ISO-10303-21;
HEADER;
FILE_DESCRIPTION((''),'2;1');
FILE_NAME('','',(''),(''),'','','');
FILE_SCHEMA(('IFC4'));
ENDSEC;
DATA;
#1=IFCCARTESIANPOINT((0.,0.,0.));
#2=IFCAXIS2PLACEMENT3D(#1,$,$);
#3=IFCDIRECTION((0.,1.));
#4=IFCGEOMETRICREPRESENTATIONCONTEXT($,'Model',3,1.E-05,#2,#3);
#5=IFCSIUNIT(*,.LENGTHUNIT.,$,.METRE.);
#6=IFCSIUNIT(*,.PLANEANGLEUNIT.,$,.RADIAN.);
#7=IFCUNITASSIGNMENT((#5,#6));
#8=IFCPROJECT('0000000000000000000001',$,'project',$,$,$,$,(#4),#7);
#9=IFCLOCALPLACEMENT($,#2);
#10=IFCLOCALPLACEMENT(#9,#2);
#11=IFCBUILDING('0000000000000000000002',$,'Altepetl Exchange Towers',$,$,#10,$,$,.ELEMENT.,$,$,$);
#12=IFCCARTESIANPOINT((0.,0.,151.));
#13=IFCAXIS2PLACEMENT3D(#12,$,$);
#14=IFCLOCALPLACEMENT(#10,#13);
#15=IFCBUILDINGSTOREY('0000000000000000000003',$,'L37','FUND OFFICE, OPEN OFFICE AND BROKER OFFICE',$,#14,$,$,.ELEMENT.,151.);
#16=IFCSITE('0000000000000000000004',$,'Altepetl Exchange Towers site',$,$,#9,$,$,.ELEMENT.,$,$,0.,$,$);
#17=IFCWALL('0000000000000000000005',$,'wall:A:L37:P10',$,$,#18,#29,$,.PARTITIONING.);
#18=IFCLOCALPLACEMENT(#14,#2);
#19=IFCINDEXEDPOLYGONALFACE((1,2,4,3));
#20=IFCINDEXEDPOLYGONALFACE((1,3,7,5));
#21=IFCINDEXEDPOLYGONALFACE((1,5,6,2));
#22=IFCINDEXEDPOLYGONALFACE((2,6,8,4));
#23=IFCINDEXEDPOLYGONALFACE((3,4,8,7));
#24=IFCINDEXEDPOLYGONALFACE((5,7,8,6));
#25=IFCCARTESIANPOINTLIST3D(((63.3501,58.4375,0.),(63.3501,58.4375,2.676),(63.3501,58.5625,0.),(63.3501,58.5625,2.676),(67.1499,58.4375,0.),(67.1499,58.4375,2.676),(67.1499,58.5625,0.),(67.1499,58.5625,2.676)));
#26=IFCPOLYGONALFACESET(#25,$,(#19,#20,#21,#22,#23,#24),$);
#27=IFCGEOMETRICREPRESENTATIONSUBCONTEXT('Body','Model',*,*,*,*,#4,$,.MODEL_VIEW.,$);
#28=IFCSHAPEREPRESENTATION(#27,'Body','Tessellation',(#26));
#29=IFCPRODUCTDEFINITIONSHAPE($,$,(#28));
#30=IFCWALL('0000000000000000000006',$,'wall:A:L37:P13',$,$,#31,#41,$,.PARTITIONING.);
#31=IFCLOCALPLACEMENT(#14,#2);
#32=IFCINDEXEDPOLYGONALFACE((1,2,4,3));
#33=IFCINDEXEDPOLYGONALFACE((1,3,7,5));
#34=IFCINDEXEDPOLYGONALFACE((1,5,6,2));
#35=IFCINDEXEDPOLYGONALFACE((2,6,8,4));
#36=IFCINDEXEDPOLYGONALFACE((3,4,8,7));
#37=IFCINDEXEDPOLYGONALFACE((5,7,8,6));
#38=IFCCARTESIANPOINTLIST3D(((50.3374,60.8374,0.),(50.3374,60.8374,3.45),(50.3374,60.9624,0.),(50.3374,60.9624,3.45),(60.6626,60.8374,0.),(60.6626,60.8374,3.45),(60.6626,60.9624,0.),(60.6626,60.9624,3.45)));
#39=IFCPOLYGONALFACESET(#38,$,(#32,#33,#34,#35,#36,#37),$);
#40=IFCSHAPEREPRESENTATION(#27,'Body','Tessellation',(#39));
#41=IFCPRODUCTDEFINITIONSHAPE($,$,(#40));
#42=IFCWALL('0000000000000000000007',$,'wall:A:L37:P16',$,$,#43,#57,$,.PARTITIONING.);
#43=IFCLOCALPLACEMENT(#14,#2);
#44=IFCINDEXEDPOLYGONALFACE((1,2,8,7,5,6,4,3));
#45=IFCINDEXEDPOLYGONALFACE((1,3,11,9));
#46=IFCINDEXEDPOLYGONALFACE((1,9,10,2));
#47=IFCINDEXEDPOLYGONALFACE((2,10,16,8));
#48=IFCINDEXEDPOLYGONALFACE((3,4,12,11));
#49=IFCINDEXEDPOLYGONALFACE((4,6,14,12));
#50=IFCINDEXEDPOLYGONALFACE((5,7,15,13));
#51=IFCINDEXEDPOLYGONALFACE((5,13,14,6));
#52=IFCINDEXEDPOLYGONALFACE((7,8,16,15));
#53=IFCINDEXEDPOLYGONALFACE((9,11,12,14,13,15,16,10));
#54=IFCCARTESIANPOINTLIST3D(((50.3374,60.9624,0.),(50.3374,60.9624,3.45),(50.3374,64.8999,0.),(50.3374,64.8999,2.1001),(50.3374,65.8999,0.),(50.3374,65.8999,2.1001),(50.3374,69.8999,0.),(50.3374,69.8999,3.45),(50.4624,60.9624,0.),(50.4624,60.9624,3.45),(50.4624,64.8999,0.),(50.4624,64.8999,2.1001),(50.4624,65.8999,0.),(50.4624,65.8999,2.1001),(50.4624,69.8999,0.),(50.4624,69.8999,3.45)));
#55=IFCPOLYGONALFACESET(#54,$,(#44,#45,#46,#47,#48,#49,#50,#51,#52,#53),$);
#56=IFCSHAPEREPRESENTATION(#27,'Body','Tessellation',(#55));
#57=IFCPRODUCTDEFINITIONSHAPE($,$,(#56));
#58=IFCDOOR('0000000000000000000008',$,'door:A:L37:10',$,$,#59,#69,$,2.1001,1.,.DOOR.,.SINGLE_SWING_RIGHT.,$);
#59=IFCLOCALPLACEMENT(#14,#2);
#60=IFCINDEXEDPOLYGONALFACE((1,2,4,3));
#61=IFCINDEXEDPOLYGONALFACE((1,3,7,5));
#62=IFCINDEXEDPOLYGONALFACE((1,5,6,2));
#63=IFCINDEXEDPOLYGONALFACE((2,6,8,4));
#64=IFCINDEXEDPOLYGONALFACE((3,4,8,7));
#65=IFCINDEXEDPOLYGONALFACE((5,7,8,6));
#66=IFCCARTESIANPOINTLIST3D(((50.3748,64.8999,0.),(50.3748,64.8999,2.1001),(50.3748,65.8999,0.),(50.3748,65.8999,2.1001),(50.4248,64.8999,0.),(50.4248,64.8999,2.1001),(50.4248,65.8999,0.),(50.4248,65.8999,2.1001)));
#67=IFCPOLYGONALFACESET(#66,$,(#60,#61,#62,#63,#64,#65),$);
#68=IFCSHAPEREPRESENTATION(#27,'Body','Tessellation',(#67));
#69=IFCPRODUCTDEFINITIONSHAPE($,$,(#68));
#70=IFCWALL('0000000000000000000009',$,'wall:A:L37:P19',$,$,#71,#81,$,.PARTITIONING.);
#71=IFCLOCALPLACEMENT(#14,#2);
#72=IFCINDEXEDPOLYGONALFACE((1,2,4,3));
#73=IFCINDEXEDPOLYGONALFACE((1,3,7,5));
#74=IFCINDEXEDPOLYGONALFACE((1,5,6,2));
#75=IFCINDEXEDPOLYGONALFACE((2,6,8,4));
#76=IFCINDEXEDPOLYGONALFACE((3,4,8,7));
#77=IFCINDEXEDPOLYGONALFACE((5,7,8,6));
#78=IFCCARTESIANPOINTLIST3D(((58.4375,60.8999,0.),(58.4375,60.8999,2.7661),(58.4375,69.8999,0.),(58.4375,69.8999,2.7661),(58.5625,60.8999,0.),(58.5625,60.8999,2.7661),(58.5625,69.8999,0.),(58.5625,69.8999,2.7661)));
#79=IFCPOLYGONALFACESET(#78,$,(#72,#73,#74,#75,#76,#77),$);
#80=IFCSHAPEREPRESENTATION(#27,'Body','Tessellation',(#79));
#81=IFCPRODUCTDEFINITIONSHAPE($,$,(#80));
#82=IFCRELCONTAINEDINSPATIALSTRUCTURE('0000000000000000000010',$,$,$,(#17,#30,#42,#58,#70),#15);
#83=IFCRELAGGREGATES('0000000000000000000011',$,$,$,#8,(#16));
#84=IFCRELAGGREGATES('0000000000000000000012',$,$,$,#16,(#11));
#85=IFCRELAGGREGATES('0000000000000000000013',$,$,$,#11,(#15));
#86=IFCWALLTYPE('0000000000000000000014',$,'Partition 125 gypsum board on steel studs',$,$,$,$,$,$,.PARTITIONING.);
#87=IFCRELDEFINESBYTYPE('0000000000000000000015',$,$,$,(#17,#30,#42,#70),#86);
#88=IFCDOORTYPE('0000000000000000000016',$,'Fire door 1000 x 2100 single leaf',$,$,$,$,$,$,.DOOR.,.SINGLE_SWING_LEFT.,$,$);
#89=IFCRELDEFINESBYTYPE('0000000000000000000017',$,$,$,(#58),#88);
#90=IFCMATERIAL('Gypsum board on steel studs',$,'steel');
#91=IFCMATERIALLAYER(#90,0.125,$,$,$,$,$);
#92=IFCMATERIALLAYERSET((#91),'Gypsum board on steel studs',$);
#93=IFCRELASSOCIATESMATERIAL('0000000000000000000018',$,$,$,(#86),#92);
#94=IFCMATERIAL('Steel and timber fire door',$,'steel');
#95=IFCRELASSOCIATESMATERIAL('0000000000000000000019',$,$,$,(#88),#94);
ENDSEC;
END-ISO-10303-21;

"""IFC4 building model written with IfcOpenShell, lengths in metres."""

from ifc_helpers import new_model, si_unit, direction, frame, frame_2d, origin, place, context, subcontext, project, spatial, rectangle, extrude, material, layer, layer_set, type_object, element, fill, save


model = new_model("IFC4")

# Units and contexts
model_context = context("Model", 3, precision=1e-05, world=origin(), true_north=direction((0.0, 1.0)))
body_context = subcontext(model_context, "Body", "Model", "MODEL_VIEW")
ifc_project = project(units=[si_unit("LENGTHUNIT", "METRE"), si_unit("PLANEANGLEUNIT", "RADIAN")], contexts=[model_context])

# Site, building, storey
site_placement = place(None, origin())
site = spatial("IfcSite", under=ifc_project, at=site_placement, Name="Altepetl Exchange Towers site", CompositionType="ELEMENT", RefElevation=0.0)
building_placement = place(site_placement, origin())
building = spatial("IfcBuilding", under=site, at=building_placement, Name="Altepetl Exchange Towers", CompositionType="ELEMENT")
storey_placement = place(building_placement, frame((0.0, 0.0, 151.0)))
storey = spatial("IfcBuildingStorey", under=building, at=storey_placement, Name="L37", Description="FUND OFFICE, OPEN OFFICE AND BROKER OFFICE", CompositionType="ELEMENT", Elevation=151.0)

# Walls
ifc_material_1 = material(Name="Gypsum board on steel studs", Category="steel")
ifc_layer_1 = layer(ifc_material_1, 0.125)
ifc_layer_set_1 = layer_set([ifc_layer_1], Name="Gypsum board on steel studs")
wall_type = type_object("IfcWallType", Name="Partition 125 gypsum board on steel studs", PredefinedType="PARTITIONING", material=ifc_layer_set_1)
wall_1_placement = place(storey_placement, frame((63.3501, 58.5, 0.0)))
element("IfcWall", 1, at=wall_1_placement, inside=storey, type_object=wall_type, Name="wall:A:L37:P10", PredefinedType="PARTITIONING", context=body_context, shape_type="SweptSolid", body=[
    extrude(rectangle(XDim=3.7998, YDim=0.125, at=frame_2d((1.8999, 0.0))), origin(), (0.0, 0.0, 1.0), 2.676),
])
wall_2_placement = place(storey_placement, frame((50.3374, 60.8999, 0.0)))
element("IfcWall", 2, at=wall_2_placement, inside=storey, type_object=wall_type, Name="wall:A:L37:P13", PredefinedType="PARTITIONING", context=body_context, shape_type="SweptSolid", body=[
    extrude(rectangle(XDim=10.3252, YDim=0.125, at=frame_2d((5.1626, 0.0))), origin(), (0.0, 0.0, 1.0), 3.45),
])

# Wall, opening, door
wall_3_placement = place(storey_placement, frame((50.3999, 60.9624, 0.0), z_axis=(0.0, 0.0, 1.0), x_axis=(0.0, 1.0, 0.0)))
wall_3 = element("IfcWall", 3, at=wall_3_placement, inside=storey, type_object=wall_type, Name="wall:A:L37:P16", PredefinedType="PARTITIONING", context=body_context, shape_type="SweptSolid", body=[
    extrude(rectangle(XDim=8.9375, YDim=0.125, at=frame_2d((4.4688, 0.0))), origin(), (0.0, 0.0, 1.0), 3.45),
])
opening_placement = place(wall_3_placement, frame((3.9375, 0.0, 0.0)))
opening = element("IfcOpeningElement", 4, at=opening_placement, cuts=wall_3, PredefinedType="OPENING", context=body_context, shape_type="SweptSolid", body=[
    extrude(rectangle(XDim=1.0, YDim=2.1001, at=frame_2d((0.5, 1.05))), frame((0.0, 0.0725, 0.0), z_axis=(0.0, -1.0, 0.0), x_axis=(1.0, 0.0, 0.0)), (0.0, 0.0, 1.0), 0.145),
])
ifc_material_2 = material(Name="Steel and timber fire door", Category="steel")
door_type = type_object("IfcDoorType", Name="Fire door 1000 x 2100 single leaf", OperationType="SINGLE_SWING_LEFT", PredefinedType="DOOR", material=ifc_material_2)
door_placement = place(opening_placement, frame((1.0, 0.0, 0.0), x_axis=(-1.0, 0.0, 0.0)))
door = element("IfcDoor", 5, at=door_placement, inside=storey, type_object=door_type, Name="door:A:L37:10", OperationType="SINGLE_SWING_RIGHT", OverallHeight=2.1001, OverallWidth=1.0, PredefinedType="DOOR", context=body_context, shape_type="SweptSolid", body=[
    extrude(rectangle(XDim=1.0, YDim=2.1001, at=frame_2d((0.5, 1.05))), frame((0.0, 0.0249, 0.0), z_axis=(0.0, -1.0, 0.0), x_axis=(1.0, 0.0, 0.0)), (0.0, 0.0, 1.0), 0.05),
])
fill(opening, door)

# Wall
wall_4_placement = place(storey_placement, frame((58.5, 60.8999, 0.0), z_axis=(0.0, 0.0, 1.0), x_axis=(0.0, 1.0, 0.0)))
element("IfcWall", 6, at=wall_4_placement, inside=storey, type_object=wall_type, Name="wall:A:L37:P19", PredefinedType="PARTITIONING", context=body_context, shape_type="SweptSolid", body=[
    extrude(rectangle(XDim=9.0, YDim=0.125, at=frame_2d((4.5, 0.0))), origin(), (0.0, 0.0, 1.0), 2.7661),
])

save(model, "model.ifc")
